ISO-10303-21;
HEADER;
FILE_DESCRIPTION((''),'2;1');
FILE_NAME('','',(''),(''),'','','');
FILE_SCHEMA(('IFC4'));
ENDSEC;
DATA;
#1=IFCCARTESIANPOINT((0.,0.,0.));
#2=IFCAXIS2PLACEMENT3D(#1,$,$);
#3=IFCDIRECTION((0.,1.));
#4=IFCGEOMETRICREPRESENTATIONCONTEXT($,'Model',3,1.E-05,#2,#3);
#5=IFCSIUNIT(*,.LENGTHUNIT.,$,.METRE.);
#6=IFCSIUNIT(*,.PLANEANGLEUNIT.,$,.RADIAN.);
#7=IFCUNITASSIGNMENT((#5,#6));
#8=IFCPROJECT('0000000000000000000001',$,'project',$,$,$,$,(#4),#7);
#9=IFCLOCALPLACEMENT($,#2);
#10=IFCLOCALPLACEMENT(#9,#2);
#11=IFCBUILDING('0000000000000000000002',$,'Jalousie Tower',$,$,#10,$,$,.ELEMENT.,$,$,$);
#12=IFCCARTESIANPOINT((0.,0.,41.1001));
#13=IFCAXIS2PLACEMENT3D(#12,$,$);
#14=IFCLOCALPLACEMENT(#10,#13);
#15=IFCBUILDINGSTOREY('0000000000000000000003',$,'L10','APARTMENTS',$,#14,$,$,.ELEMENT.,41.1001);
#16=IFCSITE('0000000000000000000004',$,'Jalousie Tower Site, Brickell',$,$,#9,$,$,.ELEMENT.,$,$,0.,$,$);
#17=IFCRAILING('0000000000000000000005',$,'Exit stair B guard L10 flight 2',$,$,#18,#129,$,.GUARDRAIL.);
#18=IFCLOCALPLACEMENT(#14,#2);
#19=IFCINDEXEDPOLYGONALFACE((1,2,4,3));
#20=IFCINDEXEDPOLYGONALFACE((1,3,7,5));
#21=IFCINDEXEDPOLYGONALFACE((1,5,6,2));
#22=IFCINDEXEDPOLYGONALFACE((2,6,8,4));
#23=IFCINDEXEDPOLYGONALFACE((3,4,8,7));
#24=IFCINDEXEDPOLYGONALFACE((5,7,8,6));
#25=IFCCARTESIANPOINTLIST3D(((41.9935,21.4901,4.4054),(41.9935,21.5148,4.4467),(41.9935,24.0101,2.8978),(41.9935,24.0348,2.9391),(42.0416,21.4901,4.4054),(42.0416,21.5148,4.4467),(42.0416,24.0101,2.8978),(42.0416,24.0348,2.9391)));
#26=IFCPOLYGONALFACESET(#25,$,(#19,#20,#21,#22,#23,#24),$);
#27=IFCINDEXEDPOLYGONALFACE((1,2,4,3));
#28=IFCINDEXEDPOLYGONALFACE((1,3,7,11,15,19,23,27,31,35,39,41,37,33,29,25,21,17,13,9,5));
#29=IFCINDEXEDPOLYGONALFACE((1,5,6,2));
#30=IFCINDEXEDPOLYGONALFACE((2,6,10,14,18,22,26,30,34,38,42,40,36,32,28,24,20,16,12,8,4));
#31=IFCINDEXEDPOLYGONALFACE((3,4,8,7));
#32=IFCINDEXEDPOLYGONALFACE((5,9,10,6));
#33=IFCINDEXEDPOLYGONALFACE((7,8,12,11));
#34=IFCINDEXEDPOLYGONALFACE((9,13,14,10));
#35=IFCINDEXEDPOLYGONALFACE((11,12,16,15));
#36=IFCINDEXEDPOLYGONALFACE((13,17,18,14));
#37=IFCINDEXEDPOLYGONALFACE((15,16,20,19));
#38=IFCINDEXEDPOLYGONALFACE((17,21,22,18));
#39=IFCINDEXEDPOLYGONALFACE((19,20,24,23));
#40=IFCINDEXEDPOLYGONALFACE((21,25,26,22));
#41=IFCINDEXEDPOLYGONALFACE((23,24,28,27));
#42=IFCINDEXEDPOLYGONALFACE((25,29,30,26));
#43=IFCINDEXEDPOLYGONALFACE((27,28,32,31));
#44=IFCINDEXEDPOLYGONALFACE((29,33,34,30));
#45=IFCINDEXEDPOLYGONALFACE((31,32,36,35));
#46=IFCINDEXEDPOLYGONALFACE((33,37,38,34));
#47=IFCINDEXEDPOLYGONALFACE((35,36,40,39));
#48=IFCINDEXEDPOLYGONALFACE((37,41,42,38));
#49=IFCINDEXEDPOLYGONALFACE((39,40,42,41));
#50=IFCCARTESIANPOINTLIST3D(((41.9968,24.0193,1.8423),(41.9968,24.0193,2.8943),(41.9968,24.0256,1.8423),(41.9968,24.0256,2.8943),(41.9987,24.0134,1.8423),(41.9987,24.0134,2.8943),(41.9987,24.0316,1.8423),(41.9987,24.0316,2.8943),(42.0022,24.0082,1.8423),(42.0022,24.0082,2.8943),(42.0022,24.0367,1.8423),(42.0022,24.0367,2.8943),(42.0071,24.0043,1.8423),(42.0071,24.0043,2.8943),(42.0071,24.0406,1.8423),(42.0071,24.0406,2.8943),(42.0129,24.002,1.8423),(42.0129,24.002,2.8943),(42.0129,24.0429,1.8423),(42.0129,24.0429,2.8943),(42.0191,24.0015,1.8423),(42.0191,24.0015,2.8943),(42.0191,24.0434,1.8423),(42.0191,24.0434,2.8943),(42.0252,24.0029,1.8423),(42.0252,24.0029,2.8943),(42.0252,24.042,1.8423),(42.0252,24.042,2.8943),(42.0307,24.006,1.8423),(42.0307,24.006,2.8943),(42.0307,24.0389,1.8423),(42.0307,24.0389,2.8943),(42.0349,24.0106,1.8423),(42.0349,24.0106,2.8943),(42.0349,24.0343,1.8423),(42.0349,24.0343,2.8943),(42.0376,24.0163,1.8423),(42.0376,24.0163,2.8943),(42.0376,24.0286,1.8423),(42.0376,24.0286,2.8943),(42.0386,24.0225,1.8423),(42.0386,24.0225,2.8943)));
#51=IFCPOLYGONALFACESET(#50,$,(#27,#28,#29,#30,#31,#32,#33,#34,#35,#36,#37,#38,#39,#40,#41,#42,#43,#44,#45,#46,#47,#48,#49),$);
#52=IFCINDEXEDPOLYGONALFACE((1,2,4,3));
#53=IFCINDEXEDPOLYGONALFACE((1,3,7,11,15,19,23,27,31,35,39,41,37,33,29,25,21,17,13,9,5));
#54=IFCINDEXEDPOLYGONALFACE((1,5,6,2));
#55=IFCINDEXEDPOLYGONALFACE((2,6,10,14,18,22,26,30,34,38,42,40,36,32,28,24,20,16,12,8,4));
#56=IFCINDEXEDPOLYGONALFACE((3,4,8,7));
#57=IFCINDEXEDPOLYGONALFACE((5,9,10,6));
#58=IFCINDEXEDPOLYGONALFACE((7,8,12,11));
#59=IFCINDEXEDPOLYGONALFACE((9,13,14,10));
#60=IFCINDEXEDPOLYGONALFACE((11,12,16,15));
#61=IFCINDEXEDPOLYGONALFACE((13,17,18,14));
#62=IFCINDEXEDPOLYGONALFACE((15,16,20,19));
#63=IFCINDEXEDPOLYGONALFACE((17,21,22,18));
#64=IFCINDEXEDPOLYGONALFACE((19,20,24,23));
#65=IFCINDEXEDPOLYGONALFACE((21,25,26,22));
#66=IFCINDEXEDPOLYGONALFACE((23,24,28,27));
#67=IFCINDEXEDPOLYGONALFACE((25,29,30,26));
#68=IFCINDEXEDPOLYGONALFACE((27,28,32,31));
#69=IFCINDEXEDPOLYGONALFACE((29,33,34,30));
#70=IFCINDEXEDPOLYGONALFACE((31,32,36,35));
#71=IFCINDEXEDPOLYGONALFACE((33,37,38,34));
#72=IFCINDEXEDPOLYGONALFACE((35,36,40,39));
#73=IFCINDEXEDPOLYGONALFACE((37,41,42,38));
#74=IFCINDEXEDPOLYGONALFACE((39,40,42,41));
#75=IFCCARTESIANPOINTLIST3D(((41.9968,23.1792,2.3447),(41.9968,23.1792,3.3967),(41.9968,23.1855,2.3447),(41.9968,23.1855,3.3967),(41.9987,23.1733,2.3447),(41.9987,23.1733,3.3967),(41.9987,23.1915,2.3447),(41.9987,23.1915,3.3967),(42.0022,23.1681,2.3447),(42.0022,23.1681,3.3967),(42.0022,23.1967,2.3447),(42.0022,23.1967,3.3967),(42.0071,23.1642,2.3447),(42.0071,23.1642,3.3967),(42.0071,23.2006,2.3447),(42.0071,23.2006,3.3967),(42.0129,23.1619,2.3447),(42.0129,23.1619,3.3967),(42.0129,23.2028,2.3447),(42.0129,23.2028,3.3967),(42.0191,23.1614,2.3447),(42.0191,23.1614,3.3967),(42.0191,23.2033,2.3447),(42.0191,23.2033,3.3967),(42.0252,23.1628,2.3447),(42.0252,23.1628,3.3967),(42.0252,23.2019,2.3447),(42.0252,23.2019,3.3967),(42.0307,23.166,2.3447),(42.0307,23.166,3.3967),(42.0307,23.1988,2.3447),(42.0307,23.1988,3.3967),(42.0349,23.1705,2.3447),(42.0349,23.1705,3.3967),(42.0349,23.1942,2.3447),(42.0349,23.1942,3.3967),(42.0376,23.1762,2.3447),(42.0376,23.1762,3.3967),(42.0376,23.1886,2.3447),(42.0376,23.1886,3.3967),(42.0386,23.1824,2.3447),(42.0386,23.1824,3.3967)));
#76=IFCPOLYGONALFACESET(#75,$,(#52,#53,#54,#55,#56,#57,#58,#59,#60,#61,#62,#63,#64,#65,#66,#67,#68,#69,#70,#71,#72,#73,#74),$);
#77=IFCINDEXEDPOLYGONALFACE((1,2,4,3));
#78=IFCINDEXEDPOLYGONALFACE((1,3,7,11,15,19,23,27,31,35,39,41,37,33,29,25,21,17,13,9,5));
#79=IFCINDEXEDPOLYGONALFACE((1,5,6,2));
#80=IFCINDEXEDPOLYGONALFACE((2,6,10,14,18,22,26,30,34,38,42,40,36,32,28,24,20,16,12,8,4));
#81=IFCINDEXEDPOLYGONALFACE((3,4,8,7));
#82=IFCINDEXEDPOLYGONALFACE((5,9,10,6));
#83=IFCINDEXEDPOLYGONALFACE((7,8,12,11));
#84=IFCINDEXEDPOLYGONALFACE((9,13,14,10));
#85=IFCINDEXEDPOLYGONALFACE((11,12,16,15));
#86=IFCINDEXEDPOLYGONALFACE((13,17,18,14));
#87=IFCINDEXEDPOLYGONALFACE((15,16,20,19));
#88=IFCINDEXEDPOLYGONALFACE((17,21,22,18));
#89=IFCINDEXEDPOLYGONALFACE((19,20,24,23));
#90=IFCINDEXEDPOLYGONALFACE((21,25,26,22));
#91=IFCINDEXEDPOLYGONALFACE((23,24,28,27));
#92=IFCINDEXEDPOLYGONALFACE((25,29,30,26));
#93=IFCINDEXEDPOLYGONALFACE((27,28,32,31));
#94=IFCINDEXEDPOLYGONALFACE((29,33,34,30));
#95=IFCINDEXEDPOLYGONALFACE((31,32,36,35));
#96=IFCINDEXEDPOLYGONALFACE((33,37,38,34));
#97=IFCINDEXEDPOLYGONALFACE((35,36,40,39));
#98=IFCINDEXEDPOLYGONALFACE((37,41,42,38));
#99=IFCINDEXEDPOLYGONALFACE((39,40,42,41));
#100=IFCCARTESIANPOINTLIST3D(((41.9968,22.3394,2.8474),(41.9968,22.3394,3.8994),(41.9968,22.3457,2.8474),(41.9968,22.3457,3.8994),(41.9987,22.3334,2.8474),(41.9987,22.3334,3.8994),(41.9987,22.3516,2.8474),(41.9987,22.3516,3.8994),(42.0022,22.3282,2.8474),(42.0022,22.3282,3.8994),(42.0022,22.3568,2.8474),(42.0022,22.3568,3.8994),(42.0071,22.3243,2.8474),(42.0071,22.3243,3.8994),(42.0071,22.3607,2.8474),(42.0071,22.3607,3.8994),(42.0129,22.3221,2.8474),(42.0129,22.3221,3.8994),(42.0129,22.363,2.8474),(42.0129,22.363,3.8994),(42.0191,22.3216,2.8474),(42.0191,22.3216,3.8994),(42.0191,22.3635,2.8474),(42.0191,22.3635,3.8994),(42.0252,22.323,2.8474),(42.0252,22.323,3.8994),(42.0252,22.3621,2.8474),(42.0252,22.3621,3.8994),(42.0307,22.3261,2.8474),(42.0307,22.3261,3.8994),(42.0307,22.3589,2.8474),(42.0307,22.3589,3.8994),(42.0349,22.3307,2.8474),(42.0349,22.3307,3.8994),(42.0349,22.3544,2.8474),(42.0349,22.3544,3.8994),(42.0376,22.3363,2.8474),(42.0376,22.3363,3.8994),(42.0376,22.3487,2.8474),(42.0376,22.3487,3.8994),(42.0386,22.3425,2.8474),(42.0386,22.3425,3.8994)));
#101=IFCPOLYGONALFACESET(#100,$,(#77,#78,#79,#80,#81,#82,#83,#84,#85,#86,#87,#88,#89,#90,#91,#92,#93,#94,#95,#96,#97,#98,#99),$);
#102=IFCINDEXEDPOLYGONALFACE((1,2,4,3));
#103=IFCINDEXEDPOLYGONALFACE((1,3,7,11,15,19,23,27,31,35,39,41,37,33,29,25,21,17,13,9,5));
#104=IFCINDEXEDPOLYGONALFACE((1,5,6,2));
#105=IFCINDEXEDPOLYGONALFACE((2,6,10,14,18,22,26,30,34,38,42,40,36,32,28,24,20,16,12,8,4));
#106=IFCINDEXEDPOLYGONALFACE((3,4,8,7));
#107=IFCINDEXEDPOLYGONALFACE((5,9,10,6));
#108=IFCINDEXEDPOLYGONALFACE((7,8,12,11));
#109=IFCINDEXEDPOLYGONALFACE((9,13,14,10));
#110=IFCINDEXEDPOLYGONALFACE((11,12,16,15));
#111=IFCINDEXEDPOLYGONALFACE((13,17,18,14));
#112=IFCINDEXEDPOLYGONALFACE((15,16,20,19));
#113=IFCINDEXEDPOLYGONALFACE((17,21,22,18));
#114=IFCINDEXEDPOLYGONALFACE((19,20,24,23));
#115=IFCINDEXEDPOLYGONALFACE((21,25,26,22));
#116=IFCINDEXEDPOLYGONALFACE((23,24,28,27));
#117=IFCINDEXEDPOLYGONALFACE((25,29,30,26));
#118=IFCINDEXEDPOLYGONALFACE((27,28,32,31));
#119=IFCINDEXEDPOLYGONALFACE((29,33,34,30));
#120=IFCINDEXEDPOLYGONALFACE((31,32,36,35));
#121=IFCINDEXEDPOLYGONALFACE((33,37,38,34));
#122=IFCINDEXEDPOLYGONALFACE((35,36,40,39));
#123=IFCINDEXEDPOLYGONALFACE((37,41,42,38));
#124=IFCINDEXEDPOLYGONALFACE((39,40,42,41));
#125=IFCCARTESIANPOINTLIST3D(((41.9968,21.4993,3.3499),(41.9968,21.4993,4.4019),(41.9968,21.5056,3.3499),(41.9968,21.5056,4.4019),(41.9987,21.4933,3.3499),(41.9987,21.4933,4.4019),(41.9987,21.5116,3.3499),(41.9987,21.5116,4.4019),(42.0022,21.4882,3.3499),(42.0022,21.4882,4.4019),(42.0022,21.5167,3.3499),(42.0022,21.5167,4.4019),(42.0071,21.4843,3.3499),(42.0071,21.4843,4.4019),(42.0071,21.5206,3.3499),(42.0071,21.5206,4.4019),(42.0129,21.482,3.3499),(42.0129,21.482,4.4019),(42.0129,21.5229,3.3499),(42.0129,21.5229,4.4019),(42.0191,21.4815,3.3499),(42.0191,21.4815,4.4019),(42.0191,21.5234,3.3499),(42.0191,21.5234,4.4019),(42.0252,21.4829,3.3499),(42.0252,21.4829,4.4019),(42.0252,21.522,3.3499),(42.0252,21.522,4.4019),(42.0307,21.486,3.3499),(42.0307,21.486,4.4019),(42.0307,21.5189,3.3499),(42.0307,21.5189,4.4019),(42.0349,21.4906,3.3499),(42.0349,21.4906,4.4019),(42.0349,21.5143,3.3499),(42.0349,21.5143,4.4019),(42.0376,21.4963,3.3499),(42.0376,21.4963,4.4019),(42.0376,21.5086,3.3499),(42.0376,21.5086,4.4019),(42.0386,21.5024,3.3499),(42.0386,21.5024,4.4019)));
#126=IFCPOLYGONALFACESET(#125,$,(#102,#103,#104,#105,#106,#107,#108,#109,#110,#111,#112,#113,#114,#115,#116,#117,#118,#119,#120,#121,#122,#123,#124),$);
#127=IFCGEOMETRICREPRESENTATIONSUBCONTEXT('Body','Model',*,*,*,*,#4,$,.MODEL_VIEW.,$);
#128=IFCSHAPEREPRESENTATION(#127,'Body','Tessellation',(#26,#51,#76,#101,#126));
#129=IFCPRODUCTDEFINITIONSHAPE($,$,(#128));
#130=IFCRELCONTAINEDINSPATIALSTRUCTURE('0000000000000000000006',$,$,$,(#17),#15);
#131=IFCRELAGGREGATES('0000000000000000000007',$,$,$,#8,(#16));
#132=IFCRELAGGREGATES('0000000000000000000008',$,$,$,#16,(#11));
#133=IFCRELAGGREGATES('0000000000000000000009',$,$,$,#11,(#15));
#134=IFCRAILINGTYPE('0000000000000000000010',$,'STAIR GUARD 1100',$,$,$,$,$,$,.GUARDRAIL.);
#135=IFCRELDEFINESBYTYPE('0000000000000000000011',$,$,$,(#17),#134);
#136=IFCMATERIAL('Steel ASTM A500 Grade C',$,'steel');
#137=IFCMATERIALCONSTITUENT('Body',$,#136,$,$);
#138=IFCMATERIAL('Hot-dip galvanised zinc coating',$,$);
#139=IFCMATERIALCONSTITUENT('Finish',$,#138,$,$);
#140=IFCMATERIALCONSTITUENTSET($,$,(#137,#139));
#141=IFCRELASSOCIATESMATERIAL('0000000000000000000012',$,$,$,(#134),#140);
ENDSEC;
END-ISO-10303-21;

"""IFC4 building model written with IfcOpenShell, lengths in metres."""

from ifc_helpers import new_model, si_unit, direction, frame, origin, origin_2d, place, context, subcontext, project, spatial, rectangle, circle, extrude, material, constituent, constituent_set, type_object, element, save


model = new_model("IFC4")

# Units and contexts
model_context = context("Model", 3, precision=1e-05, world=origin(), true_north=direction((0.0, 1.0)))
body_context = subcontext(model_context, "Body", "Model", "MODEL_VIEW")
ifc_project = project(units=[si_unit("LENGTHUNIT", "METRE"), si_unit("PLANEANGLEUNIT", "RADIAN")], contexts=[model_context])

# Site, building, storey
site_placement = place(None, origin())
site = spatial("IfcSite", under=ifc_project, at=site_placement, Name="Jalousie Tower Site, Brickell", CompositionType="ELEMENT", RefElevation=0.0)
building_placement = place(site_placement, origin())
building = spatial("IfcBuilding", under=site, at=building_placement, Name="Jalousie Tower", CompositionType="ELEMENT")
storey_placement = place(building_placement, frame((0.0, 0.0, 41.1001)))
storey = spatial("IfcBuildingStorey", under=building, at=storey_placement, Name="L10", Description="APARTMENTS", CompositionType="ELEMENT", Elevation=41.1001)

# Railing
ifc_material_1 = material(Name="Steel ASTM A500 Grade C", Category="steel")
ifc_constituent_1 = constituent(ifc_material_1, Name="Body")
ifc_material_2 = material(Name="Hot-dip galvanised zinc coating")
ifc_constituent_2 = constituent(ifc_material_2, Name="Finish")
ifc_constituent_set_1 = constituent_set(constituents=[ifc_constituent_1, ifc_constituent_2])
railing_type_1 = type_object("IfcRailingType", Name="STAIR GUARD 1100", PredefinedType="GUARDRAIL", material=ifc_constituent_set_1)
railing_1_placement = place(storey_placement, frame((42.0176, 24.0225, 1.8423)))
element("IfcRailing", 1, at=railing_1_placement, inside=storey, type_object=railing_type_1, Name="Exit stair B guard L10 flight 2", PredefinedType="GUARDRAIL", context=body_context, shape_type="SweptSolid", body=[
    extrude(rectangle(XDim=0.0481, YDim=0.0481, at=origin_2d()), frame((0.0, 0.0, 1.0762), z_axis=(0.0, -0.85816, 0.513383), x_axis=(1.0, 0.0, 0.0)), (0.0, 0.0, 1.0), 2.9365),
    extrude(circle(Radius=0.021, at=origin_2d()), origin(), (0.0, 0.0, 1.0), 1.052),
    extrude(circle(Radius=0.021, at=origin_2d()), frame((0.0, -0.8401, 0.5024)), (0.0, 0.0, 1.0), 1.052),
    extrude(circle(Radius=0.021, at=origin_2d()), frame((0.0, -1.6799, 1.0051)), (0.0, 0.0, 1.0), 1.052),
    extrude(circle(Radius=0.021, at=origin_2d()), frame((0.0, -2.52, 1.5076)), (0.0, 0.0, 1.0), 1.052),
])

save(model, "model.ifc")
